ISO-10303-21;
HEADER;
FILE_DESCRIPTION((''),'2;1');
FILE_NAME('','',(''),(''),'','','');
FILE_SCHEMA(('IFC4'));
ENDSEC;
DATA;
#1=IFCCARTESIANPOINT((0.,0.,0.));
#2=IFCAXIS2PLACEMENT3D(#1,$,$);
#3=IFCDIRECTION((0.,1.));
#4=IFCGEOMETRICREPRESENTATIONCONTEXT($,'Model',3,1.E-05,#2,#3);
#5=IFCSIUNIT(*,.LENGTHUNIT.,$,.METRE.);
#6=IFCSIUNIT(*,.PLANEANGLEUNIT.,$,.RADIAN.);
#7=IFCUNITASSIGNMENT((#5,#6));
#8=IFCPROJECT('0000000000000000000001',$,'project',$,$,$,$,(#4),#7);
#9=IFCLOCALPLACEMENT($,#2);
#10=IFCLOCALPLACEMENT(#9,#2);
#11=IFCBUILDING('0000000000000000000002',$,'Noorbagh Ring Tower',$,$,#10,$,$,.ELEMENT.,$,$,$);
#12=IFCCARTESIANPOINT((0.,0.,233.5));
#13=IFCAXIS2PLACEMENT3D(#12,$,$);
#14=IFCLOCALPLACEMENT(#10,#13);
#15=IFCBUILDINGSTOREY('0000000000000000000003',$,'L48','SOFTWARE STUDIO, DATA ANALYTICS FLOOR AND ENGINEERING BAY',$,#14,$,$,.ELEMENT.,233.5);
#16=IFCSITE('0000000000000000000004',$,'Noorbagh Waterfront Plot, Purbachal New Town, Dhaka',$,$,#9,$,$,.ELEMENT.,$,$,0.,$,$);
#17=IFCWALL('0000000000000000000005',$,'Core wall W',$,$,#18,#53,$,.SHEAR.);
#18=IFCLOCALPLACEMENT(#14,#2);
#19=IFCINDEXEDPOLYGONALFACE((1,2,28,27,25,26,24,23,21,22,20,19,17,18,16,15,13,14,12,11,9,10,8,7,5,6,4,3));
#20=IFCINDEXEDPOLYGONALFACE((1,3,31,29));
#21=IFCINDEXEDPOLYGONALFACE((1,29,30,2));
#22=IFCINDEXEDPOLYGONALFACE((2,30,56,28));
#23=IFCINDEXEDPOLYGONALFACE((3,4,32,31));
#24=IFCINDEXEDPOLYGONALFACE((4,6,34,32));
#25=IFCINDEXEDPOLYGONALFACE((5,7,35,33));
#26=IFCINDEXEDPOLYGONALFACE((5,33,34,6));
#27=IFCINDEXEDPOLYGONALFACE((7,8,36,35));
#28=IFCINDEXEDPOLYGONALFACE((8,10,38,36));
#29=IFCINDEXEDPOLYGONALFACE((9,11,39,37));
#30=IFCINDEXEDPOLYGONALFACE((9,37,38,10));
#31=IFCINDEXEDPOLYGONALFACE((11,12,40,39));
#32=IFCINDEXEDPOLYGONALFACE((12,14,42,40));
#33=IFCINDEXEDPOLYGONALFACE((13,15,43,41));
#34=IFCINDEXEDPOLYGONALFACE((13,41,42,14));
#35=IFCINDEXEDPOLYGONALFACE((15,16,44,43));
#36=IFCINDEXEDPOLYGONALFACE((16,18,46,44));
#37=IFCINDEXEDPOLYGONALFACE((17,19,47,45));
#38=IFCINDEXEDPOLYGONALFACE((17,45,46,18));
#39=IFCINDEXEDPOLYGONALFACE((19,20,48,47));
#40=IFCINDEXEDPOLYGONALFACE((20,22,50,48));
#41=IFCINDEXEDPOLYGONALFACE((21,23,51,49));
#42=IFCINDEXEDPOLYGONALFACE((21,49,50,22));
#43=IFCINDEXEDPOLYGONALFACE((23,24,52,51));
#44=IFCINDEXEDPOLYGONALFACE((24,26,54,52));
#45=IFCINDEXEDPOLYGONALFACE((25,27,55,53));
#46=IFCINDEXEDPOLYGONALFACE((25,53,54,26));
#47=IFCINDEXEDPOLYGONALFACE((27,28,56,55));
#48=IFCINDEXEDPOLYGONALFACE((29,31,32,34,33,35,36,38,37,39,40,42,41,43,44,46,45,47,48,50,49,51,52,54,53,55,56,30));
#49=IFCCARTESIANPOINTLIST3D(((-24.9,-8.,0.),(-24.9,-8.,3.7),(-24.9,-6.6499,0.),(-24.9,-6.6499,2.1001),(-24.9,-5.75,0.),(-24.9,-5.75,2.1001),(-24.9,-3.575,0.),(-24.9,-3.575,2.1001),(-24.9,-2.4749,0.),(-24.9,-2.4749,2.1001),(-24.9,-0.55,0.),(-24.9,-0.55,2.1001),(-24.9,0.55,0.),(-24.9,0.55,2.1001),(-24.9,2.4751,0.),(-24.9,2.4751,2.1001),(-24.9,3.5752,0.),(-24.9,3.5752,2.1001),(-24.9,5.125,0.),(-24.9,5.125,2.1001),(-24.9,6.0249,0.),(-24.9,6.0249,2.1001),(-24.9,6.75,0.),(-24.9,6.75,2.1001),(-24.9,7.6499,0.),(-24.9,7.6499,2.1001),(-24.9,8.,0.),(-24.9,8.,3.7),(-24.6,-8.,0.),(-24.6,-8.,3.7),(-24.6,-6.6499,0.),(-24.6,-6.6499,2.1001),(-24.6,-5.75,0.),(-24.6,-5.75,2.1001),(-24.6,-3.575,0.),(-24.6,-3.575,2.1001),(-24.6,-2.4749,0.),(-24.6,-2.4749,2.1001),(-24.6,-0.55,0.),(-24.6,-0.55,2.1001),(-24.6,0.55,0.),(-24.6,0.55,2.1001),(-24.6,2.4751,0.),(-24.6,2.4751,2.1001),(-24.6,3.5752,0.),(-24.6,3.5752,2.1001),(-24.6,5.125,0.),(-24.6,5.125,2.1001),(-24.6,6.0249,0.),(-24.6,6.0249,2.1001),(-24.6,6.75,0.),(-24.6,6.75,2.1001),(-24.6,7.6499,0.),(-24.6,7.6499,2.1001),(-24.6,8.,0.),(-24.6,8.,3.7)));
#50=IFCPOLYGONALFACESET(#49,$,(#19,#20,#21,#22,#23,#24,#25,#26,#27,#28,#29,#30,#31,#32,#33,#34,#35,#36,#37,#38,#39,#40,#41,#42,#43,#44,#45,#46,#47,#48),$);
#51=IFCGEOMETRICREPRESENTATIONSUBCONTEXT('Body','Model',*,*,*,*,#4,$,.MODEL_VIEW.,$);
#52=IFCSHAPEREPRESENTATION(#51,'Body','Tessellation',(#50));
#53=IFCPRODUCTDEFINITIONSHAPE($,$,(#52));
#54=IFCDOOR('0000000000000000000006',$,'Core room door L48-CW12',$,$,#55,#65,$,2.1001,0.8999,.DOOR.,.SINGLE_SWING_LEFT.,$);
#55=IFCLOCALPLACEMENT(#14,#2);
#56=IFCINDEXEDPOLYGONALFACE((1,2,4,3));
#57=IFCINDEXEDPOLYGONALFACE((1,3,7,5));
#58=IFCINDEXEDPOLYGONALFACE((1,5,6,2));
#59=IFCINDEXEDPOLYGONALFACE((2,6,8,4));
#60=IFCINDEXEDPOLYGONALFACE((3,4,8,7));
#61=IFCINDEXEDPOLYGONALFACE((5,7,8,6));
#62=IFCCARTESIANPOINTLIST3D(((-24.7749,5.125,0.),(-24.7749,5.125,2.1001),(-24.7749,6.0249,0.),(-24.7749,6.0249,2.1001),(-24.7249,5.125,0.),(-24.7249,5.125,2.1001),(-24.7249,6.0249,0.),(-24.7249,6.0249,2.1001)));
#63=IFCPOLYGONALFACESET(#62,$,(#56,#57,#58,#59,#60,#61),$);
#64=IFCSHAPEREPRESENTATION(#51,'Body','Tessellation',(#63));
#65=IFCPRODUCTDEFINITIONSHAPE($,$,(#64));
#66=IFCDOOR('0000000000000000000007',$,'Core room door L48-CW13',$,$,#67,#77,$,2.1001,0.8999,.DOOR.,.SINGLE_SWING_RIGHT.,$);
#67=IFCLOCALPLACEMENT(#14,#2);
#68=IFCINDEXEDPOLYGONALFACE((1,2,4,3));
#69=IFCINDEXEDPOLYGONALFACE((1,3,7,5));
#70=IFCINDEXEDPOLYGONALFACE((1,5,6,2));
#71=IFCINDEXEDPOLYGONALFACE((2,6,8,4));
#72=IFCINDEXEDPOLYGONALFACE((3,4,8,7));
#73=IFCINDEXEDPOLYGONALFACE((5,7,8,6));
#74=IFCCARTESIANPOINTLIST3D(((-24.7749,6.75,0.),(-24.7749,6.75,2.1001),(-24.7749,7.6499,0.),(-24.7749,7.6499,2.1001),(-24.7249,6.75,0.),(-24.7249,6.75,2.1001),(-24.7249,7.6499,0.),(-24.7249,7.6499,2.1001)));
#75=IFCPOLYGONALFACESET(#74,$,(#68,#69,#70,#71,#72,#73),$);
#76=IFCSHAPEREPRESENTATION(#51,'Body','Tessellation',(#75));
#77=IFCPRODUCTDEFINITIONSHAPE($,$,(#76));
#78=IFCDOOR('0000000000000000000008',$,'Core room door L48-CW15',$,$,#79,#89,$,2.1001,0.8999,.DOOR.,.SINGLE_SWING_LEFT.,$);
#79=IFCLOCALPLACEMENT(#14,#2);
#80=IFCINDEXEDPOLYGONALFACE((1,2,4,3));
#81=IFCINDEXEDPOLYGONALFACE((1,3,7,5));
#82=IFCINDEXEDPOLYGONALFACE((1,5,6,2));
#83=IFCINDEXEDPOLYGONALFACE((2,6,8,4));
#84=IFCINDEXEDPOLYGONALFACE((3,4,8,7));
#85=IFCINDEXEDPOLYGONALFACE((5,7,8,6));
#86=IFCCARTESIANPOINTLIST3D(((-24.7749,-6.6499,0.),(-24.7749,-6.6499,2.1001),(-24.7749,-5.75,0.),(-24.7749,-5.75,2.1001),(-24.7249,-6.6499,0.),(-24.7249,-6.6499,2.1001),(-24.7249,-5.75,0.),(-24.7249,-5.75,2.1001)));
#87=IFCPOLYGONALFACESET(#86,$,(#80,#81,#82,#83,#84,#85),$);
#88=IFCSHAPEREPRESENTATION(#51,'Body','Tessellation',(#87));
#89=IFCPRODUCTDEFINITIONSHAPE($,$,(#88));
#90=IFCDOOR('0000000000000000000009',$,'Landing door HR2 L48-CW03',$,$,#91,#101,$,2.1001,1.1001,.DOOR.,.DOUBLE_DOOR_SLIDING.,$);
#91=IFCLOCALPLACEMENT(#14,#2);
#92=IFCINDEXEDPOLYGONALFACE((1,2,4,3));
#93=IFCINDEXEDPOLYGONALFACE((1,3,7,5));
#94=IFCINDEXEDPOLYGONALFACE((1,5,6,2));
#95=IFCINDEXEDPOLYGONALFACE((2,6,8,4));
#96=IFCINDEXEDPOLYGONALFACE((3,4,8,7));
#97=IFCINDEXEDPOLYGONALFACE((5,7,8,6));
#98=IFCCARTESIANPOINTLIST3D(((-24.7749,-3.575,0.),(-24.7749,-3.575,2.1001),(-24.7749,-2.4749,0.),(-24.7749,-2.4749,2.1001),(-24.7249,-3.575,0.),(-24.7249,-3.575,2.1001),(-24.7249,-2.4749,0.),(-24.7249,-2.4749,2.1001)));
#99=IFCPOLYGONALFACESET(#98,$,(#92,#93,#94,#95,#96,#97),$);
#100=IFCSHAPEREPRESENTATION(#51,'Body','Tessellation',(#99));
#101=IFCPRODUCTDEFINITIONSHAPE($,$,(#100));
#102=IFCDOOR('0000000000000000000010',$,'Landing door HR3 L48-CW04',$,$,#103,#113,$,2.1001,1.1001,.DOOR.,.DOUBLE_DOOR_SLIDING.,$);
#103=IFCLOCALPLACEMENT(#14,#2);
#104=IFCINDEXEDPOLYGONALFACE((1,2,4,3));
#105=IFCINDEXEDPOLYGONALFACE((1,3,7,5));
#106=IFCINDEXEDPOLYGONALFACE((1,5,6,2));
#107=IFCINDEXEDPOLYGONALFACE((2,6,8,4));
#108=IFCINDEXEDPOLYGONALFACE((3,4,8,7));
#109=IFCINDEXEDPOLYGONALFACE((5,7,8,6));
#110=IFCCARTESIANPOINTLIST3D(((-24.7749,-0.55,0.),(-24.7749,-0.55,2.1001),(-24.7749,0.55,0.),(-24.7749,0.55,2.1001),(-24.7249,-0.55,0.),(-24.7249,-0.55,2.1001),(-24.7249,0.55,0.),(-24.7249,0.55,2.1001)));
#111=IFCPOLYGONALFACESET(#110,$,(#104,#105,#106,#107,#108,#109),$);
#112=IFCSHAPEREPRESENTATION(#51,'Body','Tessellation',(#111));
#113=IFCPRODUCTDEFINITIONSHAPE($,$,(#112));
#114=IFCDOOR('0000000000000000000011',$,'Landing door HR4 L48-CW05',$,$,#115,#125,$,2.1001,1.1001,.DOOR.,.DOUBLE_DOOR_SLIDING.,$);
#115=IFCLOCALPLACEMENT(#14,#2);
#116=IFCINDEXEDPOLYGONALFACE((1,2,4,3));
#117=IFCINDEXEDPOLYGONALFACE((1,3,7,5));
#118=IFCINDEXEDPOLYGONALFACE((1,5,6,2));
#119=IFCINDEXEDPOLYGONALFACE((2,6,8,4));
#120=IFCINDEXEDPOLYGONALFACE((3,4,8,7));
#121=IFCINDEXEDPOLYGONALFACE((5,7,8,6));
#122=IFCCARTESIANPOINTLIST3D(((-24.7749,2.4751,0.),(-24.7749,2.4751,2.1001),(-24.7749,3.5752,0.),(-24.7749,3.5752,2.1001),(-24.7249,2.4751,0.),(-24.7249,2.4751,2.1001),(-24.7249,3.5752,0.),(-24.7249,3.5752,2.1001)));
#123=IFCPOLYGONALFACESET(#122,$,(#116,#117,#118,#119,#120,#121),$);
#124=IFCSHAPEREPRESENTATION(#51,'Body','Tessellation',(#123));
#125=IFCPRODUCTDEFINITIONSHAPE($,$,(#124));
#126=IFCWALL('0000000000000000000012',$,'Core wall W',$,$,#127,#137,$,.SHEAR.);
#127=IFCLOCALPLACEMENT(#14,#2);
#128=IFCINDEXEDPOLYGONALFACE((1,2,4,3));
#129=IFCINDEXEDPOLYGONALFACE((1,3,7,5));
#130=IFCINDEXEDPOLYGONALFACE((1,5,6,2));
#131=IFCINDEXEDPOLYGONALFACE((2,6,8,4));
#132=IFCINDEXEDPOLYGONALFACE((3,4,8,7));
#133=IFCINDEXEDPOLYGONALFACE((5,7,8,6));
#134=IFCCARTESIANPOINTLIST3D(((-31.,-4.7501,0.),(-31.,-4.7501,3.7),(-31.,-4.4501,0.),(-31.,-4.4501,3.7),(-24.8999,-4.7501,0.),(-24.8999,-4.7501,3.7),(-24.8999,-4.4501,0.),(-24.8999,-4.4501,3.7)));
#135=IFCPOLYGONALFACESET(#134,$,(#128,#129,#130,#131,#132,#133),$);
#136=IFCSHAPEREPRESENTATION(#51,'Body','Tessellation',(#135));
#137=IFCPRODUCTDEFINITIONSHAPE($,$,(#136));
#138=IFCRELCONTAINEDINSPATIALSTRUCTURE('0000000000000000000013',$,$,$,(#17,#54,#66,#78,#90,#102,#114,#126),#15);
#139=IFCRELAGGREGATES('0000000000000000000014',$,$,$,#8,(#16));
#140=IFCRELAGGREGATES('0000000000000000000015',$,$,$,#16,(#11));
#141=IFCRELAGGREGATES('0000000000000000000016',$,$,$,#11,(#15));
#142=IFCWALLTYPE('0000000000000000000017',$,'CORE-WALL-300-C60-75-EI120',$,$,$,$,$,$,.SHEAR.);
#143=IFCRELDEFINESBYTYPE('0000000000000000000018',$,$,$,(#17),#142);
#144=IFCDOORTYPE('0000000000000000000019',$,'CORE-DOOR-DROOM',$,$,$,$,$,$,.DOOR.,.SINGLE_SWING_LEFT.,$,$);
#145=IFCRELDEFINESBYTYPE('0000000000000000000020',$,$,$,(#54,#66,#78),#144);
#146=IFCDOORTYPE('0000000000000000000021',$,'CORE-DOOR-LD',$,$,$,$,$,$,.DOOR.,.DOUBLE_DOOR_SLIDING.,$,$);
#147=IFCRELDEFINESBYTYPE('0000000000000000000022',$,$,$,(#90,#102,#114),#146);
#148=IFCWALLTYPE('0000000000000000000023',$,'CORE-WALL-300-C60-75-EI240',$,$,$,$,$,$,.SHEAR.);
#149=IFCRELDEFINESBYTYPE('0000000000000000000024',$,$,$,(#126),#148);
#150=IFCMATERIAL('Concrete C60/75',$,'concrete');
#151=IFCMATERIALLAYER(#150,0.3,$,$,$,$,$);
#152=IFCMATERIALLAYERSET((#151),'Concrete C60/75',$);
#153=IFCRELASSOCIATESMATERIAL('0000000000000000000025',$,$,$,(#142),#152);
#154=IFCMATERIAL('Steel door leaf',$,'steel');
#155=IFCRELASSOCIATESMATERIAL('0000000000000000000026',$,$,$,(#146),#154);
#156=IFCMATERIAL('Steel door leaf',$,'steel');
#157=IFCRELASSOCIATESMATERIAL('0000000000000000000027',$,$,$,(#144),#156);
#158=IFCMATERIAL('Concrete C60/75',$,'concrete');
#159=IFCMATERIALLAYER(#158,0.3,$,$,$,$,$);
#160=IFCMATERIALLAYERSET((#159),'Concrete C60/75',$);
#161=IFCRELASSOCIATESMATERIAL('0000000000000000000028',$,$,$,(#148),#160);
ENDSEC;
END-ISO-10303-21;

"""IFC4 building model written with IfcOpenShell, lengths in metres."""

from ifc_helpers import new_model, si_unit, direction, frame, frame_2d, origin, place, context, subcontext, project, spatial, rectangle, extrude, material, layer, layer_set, type_object, element, fill, save


model = new_model("IFC4")

# Units and contexts
model_context = context("Model", 3, precision=1e-05, world=origin(), true_north=direction((0.0, 1.0)))
body_context = subcontext(model_context, "Body", "Model", "MODEL_VIEW")
ifc_project = project(units=[si_unit("LENGTHUNIT", "METRE"), si_unit("PLANEANGLEUNIT", "RADIAN")], contexts=[model_context])

# Site, building, storey
site_placement = place(None, origin())
site = spatial("IfcSite", under=ifc_project, at=site_placement, Name="Noorbagh Waterfront Plot, Purbachal New Town, Dhaka", CompositionType="ELEMENT", RefElevation=0.0)
building_placement = place(site_placement, origin())
building = spatial("IfcBuilding", under=site, at=building_placement, Name="Noorbagh Ring Tower", CompositionType="ELEMENT")
storey_placement = place(building_placement, frame((0.0, 0.0, 233.5)))
storey = spatial("IfcBuildingStorey", under=building, at=storey_placement, Name="L48", Description="SOFTWARE STUDIO, DATA ANALYTICS FLOOR AND ENGINEERING BAY", CompositionType="ELEMENT", Elevation=233.5)

# Shared definitions
ifc_material_1 = material(Name="Concrete C60/75", Category="concrete")
ifc_layer_1 = layer(ifc_material_1, 0.3)
ifc_layer_set_1 = layer_set([ifc_layer_1], Name="Concrete C60/75")
wall_type_1 = type_object("IfcWallType", Name="CORE-WALL-300-C60-75-EI120", PredefinedType="SHEAR", material=ifc_layer_set_1)

# Wall, openings, doors
ifc_material_2 = material(Name="Steel door leaf", Category="steel")
door_type_1 = type_object("IfcDoorType", Name="CORE-DOOR-LD", OperationType="DOUBLE_DOOR_SLIDING", PredefinedType="DOOR", material=ifc_material_2)
wall_1_placement = place(storey_placement, frame((-24.75, -8.0, 0.0), z_axis=(0.0, 0.0, 1.0), x_axis=(0.0, 1.0, 0.0)))
wall_1 = element("IfcWall", 1, at=wall_1_placement, inside=storey, type_object=wall_type_1, Name="Core wall W", PredefinedType="SHEAR", context=body_context, shape_type="SweptSolid", body=[
    extrude(rectangle(XDim=16.0, YDim=0.3, at=frame_2d((8.0, 0.0))), origin(), (0.0, 0.0, 1.0), 3.7),
])
opening_1_placement = place(wall_1_placement, frame((4.425, 0.0, 0.0)))
opening_1 = element("IfcOpeningElement", 2, at=opening_1_placement, cuts=wall_1, PredefinedType="OPENING", context=body_context, shape_type="SweptSolid", body=[
    extrude(rectangle(XDim=1.1001, YDim=2.1001, at=frame_2d((0.55, 1.05))), frame((0.0, 0.1602, 0.0), z_axis=(0.0, -1.0, 0.0), x_axis=(1.0, 0.0, 0.0)), (0.0, 0.0, 1.0), 0.3201),
])
opening_2_placement = place(wall_1_placement, frame((7.45, 0.0, 0.0)))
opening_2 = element("IfcOpeningElement", 3, at=opening_2_placement, cuts=wall_1, PredefinedType="OPENING", context=body_context, shape_type="SweptSolid", body=[
    extrude(rectangle(XDim=1.1001, YDim=2.1001, at=frame_2d((0.55, 1.05))), frame((0.0, 0.1602, 0.0), z_axis=(0.0, -1.0, 0.0), x_axis=(1.0, 0.0, 0.0)), (0.0, 0.0, 1.0), 0.3201),
])
opening_3_placement = place(wall_1_placement, frame((10.4751, 0.0, 0.0)))
opening_3 = element("IfcOpeningElement", 4, at=opening_3_placement, cuts=wall_1, PredefinedType="OPENING", context=body_context, shape_type="SweptSolid", body=[
    extrude(rectangle(XDim=1.1001, YDim=2.1001, at=frame_2d((0.55, 1.05))), frame((0.0, 0.1602, 0.0), z_axis=(0.0, -1.0, 0.0), x_axis=(1.0, 0.0, 0.0)), (0.0, 0.0, 1.0), 0.3201),
])
opening_4_placement = place(wall_1_placement, frame((13.125, 0.0, 0.0)))
opening_4 = element("IfcOpeningElement", 5, at=opening_4_placement, cuts=wall_1, PredefinedType="OPENING", context=body_context, shape_type="SweptSolid", body=[
    extrude(rectangle(XDim=0.8999, YDim=2.1001, at=frame_2d((0.45, 1.05))), frame((0.0, 0.1602, 0.0), z_axis=(0.0, -1.0, 0.0), x_axis=(1.0, 0.0, 0.0)), (0.0, 0.0, 1.0), 0.3201),
])
opening_5_placement = place(wall_1_placement, frame((14.75, 0.0, 0.0)))
opening_5 = element("IfcOpeningElement", 6, at=opening_5_placement, cuts=wall_1, PredefinedType="OPENING", context=body_context, shape_type="SweptSolid", body=[
    extrude(rectangle(XDim=0.8999, YDim=2.1001, at=frame_2d((0.45, 1.05))), frame((0.0, 0.1602, 0.0), z_axis=(0.0, -1.0, 0.0), x_axis=(1.0, 0.0, 0.0)), (0.0, 0.0, 1.0), 0.3201),
])
opening_6_placement = place(wall_1_placement, frame((1.3501, 0.0, 0.0)))
opening_6 = element("IfcOpeningElement", 7, at=opening_6_placement, cuts=wall_1, PredefinedType="OPENING", context=body_context, shape_type="SweptSolid", body=[
    extrude(rectangle(XDim=0.8999, YDim=2.1001, at=frame_2d((0.45, 1.05))), frame((0.0, 0.1602, 0.0), z_axis=(0.0, -1.0, 0.0), x_axis=(1.0, 0.0, 0.0)), (0.0, 0.0, 1.0), 0.3201),
])
ifc_material_3 = material(Name="Steel door leaf", Category="steel")
door_type_2 = type_object("IfcDoorType", Name="CORE-DOOR-DROOM", OperationType="SINGLE_SWING_LEFT", PredefinedType="DOOR", material=ifc_material_3)
door_1_placement = place(opening_4_placement, origin())
door_1 = element("IfcDoor", 8, at=door_1_placement, inside=storey, type_object=door_type_2, Name="Core room door L48-CW12", OperationType="SINGLE_SWING_LEFT", OverallHeight=2.1001, OverallWidth=0.8999, PredefinedType="DOOR", context=body_context, shape_type="SweptSolid", body=[
    extrude(rectangle(XDim=0.8999, YDim=2.1001, at=frame_2d((0.45, 1.05))), frame((0.0, 0.0249, 0.0), z_axis=(0.0, -1.0, 0.0), x_axis=(1.0, 0.0, 0.0)), (0.0, 0.0, 1.0), 0.05),
])
fill(opening_4, door_1)
door_2_placement = place(opening_5_placement, origin())
door_2 = element("IfcDoor", 9, at=door_2_placement, inside=storey, type_object=door_type_2, Name="Core room door L48-CW13", OperationType="SINGLE_SWING_RIGHT", OverallHeight=2.1001, OverallWidth=0.8999, PredefinedType="DOOR", context=body_context, shape_type="SweptSolid", body=[
    extrude(rectangle(XDim=0.8999, YDim=2.1001, at=frame_2d((0.45, 1.05))), frame((0.0, 0.0249, 0.0), z_axis=(0.0, -1.0, 0.0), x_axis=(1.0, 0.0, 0.0)), (0.0, 0.0, 1.0), 0.05),
])
fill(opening_5, door_2)
door_3_placement = place(opening_6_placement, origin())
door_3 = element("IfcDoor", 10, at=door_3_placement, inside=storey, type_object=door_type_2, Name="Core room door L48-CW15", OperationType="SINGLE_SWING_LEFT", OverallHeight=2.1001, OverallWidth=0.8999, PredefinedType="DOOR", context=body_context, shape_type="SweptSolid", body=[
    extrude(rectangle(XDim=0.8999, YDim=2.1001, at=frame_2d((0.45, 1.05))), frame((0.0, 0.0249, 0.0), z_axis=(0.0, -1.0, 0.0), x_axis=(1.0, 0.0, 0.0)), (0.0, 0.0, 1.0), 0.05),
])
fill(opening_6, door_3)
door_4_placement = place(opening_1_placement, origin())
door_4 = element("IfcDoor", 11, at=door_4_placement, inside=storey, type_object=door_type_1, Name="Landing door HR2 L48-CW03", OperationType="DOUBLE_DOOR_SLIDING", OverallHeight=2.1001, OverallWidth=1.1001, PredefinedType="DOOR", context=body_context, shape_type="SweptSolid", body=[
    extrude(rectangle(XDim=1.1001, YDim=2.1001, at=frame_2d((0.55, 1.05))), frame((0.0, 0.0249, 0.0), z_axis=(0.0, -1.0, 0.0), x_axis=(1.0, 0.0, 0.0)), (0.0, 0.0, 1.0), 0.05),
])
fill(opening_1, door_4)
door_5_placement = place(opening_2_placement, origin())
door_5 = element("IfcDoor", 12, at=door_5_placement, inside=storey, type_object=door_type_1, Name="Landing door HR3 L48-CW04", OperationType="DOUBLE_DOOR_SLIDING", OverallHeight=2.1001, OverallWidth=1.1001, PredefinedType="DOOR", context=body_context, shape_type="SweptSolid", body=[
    extrude(rectangle(XDim=1.1001, YDim=2.1001, at=frame_2d((0.55, 1.05))), frame((0.0, 0.0249, 0.0), z_axis=(0.0, -1.0, 0.0), x_axis=(1.0, 0.0, 0.0)), (0.0, 0.0, 1.0), 0.05),
])
fill(opening_2, door_5)
door_6_placement = place(opening_3_placement, origin())
door_6 = element("IfcDoor", 13, at=door_6_placement, inside=storey, type_object=door_type_1, Name="Landing door HR4 L48-CW05", OperationType="DOUBLE_DOOR_SLIDING", OverallHeight=2.1001, OverallWidth=1.1001, PredefinedType="DOOR", context=body_context, shape_type="SweptSolid", body=[
    extrude(rectangle(XDim=1.1001, YDim=2.1001, at=frame_2d((0.55, 1.05))), frame((0.0, 0.0249, 0.0), z_axis=(0.0, -1.0, 0.0), x_axis=(1.0, 0.0, 0.0)), (0.0, 0.0, 1.0), 0.05),
])
fill(opening_3, door_6)

# Wall
ifc_material_4 = material(Name="Concrete C60/75", Category="concrete")
ifc_layer_2 = layer(ifc_material_4, 0.3)
ifc_layer_set_2 = layer_set([ifc_layer_2], Name="Concrete C60/75")
wall_type_2 = type_object("IfcWallType", Name="CORE-WALL-300-C60-75-EI240", PredefinedType="SHEAR", material=ifc_layer_set_2)
wall_2_placement = place(storey_placement, frame((-24.8999, -4.6001, 0.0), z_axis=(0.0, 0.0, 1.0), x_axis=(-1.0, 0.0, 0.0)))
element("IfcWall", 14, at=wall_2_placement, inside=storey, type_object=wall_type_2, Name="Core wall W", PredefinedType="SHEAR", context=body_context, shape_type="SweptSolid", body=[
    extrude(rectangle(XDim=6.1001, YDim=0.3, at=frame_2d((3.05, 0.0))), origin(), (0.0, 0.0, 1.0), 3.7),
])

save(model, "model.ifc")
